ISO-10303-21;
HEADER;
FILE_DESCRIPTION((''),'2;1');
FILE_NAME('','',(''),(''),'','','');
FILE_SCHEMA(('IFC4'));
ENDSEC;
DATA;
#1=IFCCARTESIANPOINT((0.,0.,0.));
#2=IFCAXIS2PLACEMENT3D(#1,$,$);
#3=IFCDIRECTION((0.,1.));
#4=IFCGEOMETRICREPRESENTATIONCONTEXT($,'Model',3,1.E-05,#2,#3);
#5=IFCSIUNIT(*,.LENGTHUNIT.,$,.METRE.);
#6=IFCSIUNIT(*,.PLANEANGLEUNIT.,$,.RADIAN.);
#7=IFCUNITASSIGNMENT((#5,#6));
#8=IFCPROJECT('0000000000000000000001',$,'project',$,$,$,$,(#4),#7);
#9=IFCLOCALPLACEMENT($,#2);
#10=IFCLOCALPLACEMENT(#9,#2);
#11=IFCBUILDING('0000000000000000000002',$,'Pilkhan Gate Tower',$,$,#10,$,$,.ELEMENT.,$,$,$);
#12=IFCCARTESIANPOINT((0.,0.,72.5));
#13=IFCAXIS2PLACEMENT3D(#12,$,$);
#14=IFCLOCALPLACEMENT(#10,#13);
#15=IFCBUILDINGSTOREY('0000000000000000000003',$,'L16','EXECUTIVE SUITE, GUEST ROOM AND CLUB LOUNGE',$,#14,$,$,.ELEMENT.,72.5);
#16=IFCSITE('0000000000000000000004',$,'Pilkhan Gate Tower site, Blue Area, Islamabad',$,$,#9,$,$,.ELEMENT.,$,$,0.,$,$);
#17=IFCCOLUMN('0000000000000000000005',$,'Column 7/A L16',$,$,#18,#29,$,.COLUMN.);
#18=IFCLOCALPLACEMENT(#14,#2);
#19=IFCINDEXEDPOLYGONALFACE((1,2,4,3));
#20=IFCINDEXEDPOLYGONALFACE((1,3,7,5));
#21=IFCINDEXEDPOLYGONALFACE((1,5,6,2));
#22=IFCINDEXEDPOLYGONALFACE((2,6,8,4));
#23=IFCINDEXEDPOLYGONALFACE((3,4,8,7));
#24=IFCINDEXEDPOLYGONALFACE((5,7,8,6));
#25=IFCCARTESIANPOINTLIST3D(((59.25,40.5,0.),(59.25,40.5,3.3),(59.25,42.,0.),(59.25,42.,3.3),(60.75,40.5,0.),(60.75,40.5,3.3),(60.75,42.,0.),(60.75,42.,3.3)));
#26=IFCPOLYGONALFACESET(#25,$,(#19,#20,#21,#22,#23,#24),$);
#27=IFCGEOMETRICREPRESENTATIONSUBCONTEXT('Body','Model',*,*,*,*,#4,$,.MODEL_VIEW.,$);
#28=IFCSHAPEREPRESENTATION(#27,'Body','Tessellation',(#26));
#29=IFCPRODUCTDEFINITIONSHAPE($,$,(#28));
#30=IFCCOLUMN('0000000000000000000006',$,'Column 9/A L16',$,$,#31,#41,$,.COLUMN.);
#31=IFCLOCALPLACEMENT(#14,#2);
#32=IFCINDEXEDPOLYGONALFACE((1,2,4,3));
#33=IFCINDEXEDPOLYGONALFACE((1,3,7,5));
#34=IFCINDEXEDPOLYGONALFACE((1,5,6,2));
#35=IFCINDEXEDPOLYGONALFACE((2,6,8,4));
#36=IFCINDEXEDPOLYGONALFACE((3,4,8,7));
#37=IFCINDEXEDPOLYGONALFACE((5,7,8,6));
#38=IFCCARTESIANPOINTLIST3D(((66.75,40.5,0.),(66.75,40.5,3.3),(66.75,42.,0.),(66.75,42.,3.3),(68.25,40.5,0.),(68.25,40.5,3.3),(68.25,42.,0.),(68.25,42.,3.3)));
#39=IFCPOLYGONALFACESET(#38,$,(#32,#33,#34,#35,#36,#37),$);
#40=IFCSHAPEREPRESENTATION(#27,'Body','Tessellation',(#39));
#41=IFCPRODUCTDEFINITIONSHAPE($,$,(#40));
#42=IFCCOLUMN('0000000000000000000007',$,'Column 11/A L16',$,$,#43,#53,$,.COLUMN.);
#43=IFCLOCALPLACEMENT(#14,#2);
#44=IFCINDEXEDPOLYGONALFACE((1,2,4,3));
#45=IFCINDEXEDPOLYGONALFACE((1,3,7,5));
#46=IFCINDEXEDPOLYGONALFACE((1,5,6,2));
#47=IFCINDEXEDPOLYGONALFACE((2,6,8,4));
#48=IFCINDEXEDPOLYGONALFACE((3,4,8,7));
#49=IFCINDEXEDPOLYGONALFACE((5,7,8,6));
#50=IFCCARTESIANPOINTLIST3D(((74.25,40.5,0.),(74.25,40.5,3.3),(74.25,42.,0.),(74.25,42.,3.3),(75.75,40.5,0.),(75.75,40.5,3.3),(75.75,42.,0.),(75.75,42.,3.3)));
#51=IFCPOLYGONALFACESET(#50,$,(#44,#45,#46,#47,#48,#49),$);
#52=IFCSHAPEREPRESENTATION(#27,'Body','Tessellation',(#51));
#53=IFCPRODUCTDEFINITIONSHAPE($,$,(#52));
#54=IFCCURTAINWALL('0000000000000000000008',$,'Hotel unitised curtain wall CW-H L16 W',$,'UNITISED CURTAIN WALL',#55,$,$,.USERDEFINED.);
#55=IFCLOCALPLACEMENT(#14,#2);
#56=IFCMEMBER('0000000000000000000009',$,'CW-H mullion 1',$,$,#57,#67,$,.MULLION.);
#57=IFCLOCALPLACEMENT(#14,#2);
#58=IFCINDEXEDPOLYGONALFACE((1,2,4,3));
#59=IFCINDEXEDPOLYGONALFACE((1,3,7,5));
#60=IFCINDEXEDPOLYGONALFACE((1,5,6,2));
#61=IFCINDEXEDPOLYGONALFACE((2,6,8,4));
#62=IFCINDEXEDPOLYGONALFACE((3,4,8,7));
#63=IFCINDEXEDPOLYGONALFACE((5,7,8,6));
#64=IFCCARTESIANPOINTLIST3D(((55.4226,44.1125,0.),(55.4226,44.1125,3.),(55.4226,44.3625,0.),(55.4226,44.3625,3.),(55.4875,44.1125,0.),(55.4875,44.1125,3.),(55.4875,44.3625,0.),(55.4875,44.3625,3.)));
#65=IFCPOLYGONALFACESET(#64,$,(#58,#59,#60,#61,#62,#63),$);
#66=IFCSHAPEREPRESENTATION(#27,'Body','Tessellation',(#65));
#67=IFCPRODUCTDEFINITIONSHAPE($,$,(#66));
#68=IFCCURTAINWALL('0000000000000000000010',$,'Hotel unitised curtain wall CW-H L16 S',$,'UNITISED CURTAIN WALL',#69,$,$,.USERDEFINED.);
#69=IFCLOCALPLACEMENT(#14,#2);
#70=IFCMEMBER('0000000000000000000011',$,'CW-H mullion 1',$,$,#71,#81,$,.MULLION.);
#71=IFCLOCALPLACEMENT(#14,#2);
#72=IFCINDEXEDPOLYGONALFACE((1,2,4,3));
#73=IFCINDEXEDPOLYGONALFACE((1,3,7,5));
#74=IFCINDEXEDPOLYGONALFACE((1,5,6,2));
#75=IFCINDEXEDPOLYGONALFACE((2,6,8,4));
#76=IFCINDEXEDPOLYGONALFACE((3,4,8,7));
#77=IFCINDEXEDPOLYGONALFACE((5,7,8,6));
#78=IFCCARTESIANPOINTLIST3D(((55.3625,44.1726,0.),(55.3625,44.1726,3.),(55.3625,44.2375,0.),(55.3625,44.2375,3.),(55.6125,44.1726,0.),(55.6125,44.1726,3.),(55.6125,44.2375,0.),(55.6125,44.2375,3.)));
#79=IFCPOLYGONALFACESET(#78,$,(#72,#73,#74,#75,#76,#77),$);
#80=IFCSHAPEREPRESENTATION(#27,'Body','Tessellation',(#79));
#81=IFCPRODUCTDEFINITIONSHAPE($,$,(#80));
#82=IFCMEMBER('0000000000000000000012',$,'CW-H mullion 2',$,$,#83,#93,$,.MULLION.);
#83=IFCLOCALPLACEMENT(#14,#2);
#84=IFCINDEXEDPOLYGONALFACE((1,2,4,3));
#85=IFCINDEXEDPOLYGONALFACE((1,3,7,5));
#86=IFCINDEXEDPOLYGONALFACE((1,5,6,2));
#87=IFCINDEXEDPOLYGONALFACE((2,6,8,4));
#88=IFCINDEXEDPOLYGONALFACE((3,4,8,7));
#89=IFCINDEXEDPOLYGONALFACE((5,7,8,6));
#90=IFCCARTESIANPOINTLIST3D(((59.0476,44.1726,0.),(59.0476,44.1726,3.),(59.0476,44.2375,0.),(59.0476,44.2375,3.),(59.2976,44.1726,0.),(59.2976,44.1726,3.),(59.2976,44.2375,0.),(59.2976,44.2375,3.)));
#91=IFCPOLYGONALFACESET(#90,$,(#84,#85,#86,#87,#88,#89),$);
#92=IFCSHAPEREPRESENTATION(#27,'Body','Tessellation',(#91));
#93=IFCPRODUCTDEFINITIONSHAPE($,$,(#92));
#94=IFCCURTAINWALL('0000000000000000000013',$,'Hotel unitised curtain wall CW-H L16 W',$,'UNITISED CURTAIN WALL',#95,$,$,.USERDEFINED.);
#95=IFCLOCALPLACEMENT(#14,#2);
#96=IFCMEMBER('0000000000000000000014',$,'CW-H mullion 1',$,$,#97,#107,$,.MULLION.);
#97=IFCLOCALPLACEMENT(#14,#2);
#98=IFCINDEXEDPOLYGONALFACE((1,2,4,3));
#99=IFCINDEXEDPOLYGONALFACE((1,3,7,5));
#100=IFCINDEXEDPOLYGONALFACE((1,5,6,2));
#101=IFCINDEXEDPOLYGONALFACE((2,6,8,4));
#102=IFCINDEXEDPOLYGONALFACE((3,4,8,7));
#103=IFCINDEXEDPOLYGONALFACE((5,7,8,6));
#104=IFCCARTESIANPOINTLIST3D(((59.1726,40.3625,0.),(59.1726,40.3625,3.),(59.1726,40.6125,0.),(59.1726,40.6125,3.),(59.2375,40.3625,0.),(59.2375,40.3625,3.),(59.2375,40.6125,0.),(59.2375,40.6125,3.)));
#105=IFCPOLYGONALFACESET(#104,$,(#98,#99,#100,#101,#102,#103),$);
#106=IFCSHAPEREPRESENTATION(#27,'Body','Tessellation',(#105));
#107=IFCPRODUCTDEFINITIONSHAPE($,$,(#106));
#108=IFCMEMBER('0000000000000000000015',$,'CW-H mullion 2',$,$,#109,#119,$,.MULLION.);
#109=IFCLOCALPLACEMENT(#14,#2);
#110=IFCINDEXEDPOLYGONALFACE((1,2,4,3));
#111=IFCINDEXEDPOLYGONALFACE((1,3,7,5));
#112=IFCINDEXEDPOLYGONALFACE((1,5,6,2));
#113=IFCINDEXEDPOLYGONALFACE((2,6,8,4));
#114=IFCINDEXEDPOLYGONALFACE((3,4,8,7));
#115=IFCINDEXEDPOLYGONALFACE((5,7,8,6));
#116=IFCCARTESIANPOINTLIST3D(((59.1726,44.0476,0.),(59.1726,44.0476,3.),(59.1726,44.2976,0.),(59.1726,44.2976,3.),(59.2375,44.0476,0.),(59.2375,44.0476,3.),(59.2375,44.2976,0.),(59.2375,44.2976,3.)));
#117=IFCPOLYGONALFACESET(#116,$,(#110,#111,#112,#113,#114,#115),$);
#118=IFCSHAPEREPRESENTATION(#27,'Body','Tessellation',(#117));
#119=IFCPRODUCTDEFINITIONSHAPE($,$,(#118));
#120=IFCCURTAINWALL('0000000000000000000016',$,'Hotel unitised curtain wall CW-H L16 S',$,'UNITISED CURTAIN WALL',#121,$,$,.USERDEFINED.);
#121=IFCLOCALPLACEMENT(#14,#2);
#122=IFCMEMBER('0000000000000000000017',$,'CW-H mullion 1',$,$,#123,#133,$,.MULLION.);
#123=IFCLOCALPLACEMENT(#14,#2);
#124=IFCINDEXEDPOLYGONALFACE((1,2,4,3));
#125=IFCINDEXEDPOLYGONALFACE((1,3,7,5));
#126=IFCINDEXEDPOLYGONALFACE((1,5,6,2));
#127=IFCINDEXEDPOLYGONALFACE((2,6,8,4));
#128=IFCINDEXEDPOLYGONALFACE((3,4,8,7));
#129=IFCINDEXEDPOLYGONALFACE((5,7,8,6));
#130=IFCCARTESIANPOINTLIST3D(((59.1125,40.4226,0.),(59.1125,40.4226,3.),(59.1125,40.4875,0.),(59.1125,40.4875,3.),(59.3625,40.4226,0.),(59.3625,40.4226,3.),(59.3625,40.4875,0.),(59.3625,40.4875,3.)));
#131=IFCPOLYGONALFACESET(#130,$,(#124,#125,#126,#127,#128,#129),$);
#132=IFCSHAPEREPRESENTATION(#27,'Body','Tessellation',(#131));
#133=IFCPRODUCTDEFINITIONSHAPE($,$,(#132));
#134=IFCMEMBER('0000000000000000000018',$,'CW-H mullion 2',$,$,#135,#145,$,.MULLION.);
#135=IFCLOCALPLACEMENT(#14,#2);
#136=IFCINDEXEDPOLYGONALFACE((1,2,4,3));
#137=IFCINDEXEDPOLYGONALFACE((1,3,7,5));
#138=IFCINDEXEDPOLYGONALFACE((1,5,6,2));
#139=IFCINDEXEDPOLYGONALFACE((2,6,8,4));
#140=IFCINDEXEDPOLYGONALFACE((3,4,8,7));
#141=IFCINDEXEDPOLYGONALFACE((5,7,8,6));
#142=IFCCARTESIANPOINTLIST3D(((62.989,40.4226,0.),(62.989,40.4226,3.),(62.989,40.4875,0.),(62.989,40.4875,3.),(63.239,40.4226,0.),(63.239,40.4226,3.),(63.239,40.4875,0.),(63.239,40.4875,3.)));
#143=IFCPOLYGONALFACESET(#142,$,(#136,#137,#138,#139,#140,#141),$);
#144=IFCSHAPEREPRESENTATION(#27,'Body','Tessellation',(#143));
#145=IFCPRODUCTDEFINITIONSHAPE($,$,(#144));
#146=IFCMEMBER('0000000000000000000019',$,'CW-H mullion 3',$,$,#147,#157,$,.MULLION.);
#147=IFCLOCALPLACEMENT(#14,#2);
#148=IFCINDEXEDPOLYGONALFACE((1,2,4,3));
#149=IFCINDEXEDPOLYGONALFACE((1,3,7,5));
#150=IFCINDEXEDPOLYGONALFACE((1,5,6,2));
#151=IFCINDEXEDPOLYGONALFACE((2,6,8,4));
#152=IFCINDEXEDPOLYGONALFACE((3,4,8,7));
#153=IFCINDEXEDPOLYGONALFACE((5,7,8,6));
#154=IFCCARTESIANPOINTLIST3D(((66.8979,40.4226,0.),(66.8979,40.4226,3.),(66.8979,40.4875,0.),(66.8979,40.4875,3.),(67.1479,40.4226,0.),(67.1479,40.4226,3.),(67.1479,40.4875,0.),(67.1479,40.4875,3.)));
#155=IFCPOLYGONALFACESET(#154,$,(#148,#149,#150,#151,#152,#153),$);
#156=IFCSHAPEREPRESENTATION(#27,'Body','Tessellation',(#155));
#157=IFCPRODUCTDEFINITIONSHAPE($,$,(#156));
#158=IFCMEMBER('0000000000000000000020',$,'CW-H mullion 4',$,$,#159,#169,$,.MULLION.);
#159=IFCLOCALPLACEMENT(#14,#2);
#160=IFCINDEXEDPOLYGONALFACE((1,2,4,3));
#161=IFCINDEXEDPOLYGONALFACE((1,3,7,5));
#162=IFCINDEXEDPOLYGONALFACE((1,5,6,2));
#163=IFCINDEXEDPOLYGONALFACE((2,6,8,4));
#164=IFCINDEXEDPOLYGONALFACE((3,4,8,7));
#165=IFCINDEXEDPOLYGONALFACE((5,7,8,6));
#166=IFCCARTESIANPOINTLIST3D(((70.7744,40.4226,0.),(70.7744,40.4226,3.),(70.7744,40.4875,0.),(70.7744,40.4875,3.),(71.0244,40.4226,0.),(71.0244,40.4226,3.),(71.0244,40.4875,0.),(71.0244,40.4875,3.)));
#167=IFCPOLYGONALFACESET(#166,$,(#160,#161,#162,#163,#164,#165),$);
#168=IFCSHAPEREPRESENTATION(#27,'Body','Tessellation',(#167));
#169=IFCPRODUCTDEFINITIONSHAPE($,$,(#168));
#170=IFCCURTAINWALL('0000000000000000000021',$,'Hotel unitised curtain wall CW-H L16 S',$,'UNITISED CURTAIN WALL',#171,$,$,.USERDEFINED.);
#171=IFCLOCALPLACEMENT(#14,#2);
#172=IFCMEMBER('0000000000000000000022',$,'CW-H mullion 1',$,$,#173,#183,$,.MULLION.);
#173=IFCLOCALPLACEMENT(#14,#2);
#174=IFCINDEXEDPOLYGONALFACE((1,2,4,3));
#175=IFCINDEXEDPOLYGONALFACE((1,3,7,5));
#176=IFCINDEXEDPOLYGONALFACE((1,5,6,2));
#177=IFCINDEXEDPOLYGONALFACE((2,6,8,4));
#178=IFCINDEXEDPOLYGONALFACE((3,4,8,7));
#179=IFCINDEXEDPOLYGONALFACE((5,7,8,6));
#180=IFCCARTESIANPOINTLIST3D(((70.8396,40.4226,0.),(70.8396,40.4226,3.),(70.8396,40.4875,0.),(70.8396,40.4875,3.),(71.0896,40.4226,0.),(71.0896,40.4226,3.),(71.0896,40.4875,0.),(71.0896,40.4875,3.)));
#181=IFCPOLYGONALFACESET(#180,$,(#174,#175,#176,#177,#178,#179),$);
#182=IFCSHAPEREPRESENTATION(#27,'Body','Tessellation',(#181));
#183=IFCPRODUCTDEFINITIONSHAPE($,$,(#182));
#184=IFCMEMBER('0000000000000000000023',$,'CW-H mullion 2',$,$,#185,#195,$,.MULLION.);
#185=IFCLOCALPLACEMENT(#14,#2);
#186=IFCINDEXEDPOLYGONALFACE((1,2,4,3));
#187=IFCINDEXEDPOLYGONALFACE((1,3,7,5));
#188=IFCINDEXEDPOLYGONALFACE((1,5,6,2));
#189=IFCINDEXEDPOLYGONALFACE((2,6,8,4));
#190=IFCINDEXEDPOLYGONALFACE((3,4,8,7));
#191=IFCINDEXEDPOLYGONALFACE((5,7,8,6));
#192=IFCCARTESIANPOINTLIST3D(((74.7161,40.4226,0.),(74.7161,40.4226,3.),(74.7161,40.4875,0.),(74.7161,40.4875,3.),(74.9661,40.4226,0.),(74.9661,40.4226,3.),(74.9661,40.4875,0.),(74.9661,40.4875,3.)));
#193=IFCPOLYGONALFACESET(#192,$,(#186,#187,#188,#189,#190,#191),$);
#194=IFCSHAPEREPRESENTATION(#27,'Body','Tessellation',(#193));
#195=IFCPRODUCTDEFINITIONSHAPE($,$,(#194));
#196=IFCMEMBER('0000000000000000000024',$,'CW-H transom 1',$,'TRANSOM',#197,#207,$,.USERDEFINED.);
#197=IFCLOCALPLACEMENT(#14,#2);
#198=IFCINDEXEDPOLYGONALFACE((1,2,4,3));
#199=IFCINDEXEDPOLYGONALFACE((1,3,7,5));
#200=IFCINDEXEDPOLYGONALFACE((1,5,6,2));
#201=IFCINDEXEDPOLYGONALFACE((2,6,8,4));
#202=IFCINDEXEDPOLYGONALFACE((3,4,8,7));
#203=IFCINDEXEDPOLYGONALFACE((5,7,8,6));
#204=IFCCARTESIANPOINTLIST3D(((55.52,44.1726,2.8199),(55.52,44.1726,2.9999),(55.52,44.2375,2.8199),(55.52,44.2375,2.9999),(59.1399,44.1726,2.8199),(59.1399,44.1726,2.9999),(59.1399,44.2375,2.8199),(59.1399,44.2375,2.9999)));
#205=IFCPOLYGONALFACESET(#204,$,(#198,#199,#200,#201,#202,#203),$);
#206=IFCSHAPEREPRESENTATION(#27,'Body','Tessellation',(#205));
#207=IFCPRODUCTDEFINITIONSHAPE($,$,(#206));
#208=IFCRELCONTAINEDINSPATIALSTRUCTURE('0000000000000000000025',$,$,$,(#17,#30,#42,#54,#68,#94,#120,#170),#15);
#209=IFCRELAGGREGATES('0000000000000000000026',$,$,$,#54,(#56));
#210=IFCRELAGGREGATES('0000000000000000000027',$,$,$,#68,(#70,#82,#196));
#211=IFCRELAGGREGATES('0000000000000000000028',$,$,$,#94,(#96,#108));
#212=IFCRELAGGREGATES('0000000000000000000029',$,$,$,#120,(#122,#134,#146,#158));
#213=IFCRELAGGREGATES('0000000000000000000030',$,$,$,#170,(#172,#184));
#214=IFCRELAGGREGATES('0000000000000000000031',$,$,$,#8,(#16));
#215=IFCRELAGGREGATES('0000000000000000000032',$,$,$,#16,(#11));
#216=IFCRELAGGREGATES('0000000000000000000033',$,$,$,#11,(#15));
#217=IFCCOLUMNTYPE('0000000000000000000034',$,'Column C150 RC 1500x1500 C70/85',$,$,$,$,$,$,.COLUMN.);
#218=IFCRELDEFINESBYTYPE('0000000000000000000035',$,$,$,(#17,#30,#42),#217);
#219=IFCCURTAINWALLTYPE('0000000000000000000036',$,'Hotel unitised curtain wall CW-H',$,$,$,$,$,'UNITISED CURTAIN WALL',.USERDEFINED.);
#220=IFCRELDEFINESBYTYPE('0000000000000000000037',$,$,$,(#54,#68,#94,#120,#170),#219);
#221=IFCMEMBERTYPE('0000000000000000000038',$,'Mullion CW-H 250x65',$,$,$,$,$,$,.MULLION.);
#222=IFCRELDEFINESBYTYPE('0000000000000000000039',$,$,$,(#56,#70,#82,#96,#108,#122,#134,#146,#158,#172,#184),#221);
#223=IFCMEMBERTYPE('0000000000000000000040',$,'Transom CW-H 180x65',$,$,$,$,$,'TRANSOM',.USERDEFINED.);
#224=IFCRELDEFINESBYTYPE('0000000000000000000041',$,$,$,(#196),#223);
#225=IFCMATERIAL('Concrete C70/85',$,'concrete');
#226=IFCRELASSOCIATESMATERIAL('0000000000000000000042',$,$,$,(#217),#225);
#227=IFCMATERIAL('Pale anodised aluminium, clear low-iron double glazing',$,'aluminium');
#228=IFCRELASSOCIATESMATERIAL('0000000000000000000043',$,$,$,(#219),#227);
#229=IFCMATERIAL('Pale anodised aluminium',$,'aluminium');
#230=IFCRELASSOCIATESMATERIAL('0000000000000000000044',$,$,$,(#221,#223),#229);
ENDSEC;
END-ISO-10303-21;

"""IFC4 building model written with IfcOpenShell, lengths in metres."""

from ifc_helpers import new_model, si_unit, direction, frame, origin, origin_2d, place, context, subcontext, project, spatial, rectangle, extrude, material, material_profile, profile_set, type_object, element, aggregate, save


model = new_model("IFC4")

# Units and contexts
model_context = context("Model", 3, precision=1e-05, world=origin(), true_north=direction((0.0, 1.0)))
body_context = subcontext(model_context, "Body", "Model", "MODEL_VIEW")
ifc_project = project(units=[si_unit("LENGTHUNIT", "METRE"), si_unit("PLANEANGLEUNIT", "RADIAN")], contexts=[model_context])

# Site, building, storey
site_placement = place(None, origin())
site = spatial("IfcSite", under=ifc_project, at=site_placement, Name="Pilkhan Gate Tower site, Blue Area, Islamabad", CompositionType="ELEMENT", RefElevation=0.0)
building_placement = place(site_placement, origin())
building = spatial("IfcBuilding", under=site, at=building_placement, Name="Pilkhan Gate Tower", CompositionType="ELEMENT")
storey_placement = place(building_placement, frame((0.0, 0.0, 72.5)))
storey = spatial("IfcBuildingStorey", under=building, at=storey_placement, Name="L16", Description="EXECUTIVE SUITE, GUEST ROOM AND CLUB LOUNGE", CompositionType="ELEMENT", Elevation=72.5)

# Columns
ifc_material_1 = material(Name="Concrete C70/85", Category="concrete")
ifc_material_profile_1 = material_profile(ifc_material_1, rectangle(XDim=1.5, YDim=1.5, at=origin_2d()), Name="RC 1500x1500")
ifc_profile_set_1 = profile_set([ifc_material_profile_1], Name="Concrete C70/85")
column_type = type_object("IfcColumnType", Name="Column C150 RC 1500x1500 C70/85", PredefinedType="COLUMN", material=ifc_profile_set_1)
for number, where, z_axis, x_axis, name in (
    (1, (60.0, 41.25, 0.0), (0.0, 0.0, 1.0), (1.0, 0.0, 0.0), "Column 7/A L16"),
    (2, (67.5, 41.25, 0.0), (0.0, 0.0, 1.0), (1.0, 0.0, 0.0), "Column 9/A L16"),
    (3, (75.0, 41.25, 0.0), (0.0, 0.0, 1.0), (1.0, 0.0, 0.0), "Column 11/A L16"),
):
    element("IfcColumn", number, at=place(storey_placement, frame(where, z_axis=z_axis, x_axis=x_axis)), inside=storey, type_object=column_type, Name=name, PredefinedType="COLUMN", context=body_context, shape_type="SweptSolid", body=[
        extrude(rectangle(XDim=1.5, YDim=1.5, at=origin_2d()), origin(), (0.0, 0.0, 1.0), 3.3),
    ])

# Curtain wall, member
ifc_material_2 = material(Name="Pale anodised aluminium, clear low-iron double glazing", Category="aluminium")
curtain_wall_type = type_object("IfcCurtainWallType", Name="Hotel unitised curtain wall CW-H", ElementType="UNITISED CURTAIN WALL", PredefinedType="USERDEFINED", material=ifc_material_2)
curtain_wall_1_placement = place(storey_placement, origin())
curtain_wall_1 = element("IfcCurtainWall", 4, at=curtain_wall_1_placement, inside=storey, type_object=curtain_wall_type, Name="Hotel unitised curtain wall CW-H L16 W", ObjectType="UNITISED CURTAIN WALL", PredefinedType="USERDEFINED")
ifc_material_3 = material(Name="Pale anodised aluminium", Category="aluminium")
ifc_material_profile_2 = material_profile(ifc_material_3, rectangle(XDim=0.0649, YDim=0.25, at=origin_2d()), Name="Mullion 250x65")
ifc_profile_set_2 = profile_set([ifc_material_profile_2], Name="Pale anodised aluminium")
member_type_1 = type_object("IfcMemberType", Name="Mullion CW-H 250x65", PredefinedType="MULLION", material=ifc_profile_set_2)
member_1_placement = place(storey_placement, frame((55.4551, 44.2375, 0.0), z_axis=(0.0, 0.0, 1.0), x_axis=(-1.0, 0.0, 0.0)))
member_1 = element("IfcMember", 5, at=member_1_placement, type_object=member_type_1, Name="CW-H mullion 1", PredefinedType="MULLION", context=body_context, shape_type="SweptSolid", body=[
    extrude(rectangle(XDim=0.0649, YDim=0.25, at=origin_2d()), origin(), (0.0, 0.0, 1.0), 3.0),
])
aggregate(curtain_wall_1, [member_1])

# Curtain walls, members
curtain_wall_2_placement = place(storey_placement, origin())
curtain_wall_2 = element("IfcCurtainWall", 6, at=curtain_wall_2_placement, inside=storey, type_object=curtain_wall_type, Name="Hotel unitised curtain wall CW-H L16 S", ObjectType="UNITISED CURTAIN WALL", PredefinedType="USERDEFINED")
member_2_placement = place(storey_placement, frame((55.4875, 44.2051, 0.0), z_axis=(0.0, 0.0, 1.0), x_axis=(0.0, 1.0, 0.0)))
member_2 = element("IfcMember", 7, at=member_2_placement, type_object=member_type_1, Name="CW-H mullion 1", PredefinedType="MULLION", context=body_context, shape_type="SweptSolid", body=[
    extrude(rectangle(XDim=0.0649, YDim=0.25, at=origin_2d()), origin(), (0.0, 0.0, 1.0), 3.0),
])
member_3_placement = place(storey_placement, frame((59.1726, 44.2051, 0.0), z_axis=(0.0, 0.0, 1.0), x_axis=(0.0, 1.0, 0.0)))
member_3 = element("IfcMember", 8, at=member_3_placement, type_object=member_type_1, Name="CW-H mullion 2", PredefinedType="MULLION", context=body_context, shape_type="SweptSolid", body=[
    extrude(rectangle(XDim=0.0649, YDim=0.25, at=origin_2d()), origin(), (0.0, 0.0, 1.0), 3.0),
])
curtain_wall_3_placement = place(storey_placement, origin())
curtain_wall_3 = element("IfcCurtainWall", 9, at=curtain_wall_3_placement, inside=storey, type_object=curtain_wall_type, Name="Hotel unitised curtain wall CW-H L16 W", ObjectType="UNITISED CURTAIN WALL", PredefinedType="USERDEFINED")
member_4_placement = place(storey_placement, frame((59.2051, 40.4875, 0.0), z_axis=(0.0, 0.0, 1.0), x_axis=(-1.0, 0.0, 0.0)))
member_4 = element("IfcMember", 10, at=member_4_placement, type_object=member_type_1, Name="CW-H mullion 1", PredefinedType="MULLION", context=body_context, shape_type="SweptSolid", body=[
    extrude(rectangle(XDim=0.0649, YDim=0.25, at=origin_2d()), origin(), (0.0, 0.0, 1.0), 3.0),
])
member_5_placement = place(storey_placement, frame((59.2051, 44.1726, 0.0), z_axis=(0.0, 0.0, 1.0), x_axis=(-1.0, 0.0, 0.0)))
member_5 = element("IfcMember", 11, at=member_5_placement, type_object=member_type_1, Name="CW-H mullion 2", PredefinedType="MULLION", context=body_context, shape_type="SweptSolid", body=[
    extrude(rectangle(XDim=0.0649, YDim=0.25, at=origin_2d()), origin(), (0.0, 0.0, 1.0), 3.0),
])
curtain_wall_4_placement = place(storey_placement, origin())
curtain_wall_4 = element("IfcCurtainWall", 12, at=curtain_wall_4_placement, inside=storey, type_object=curtain_wall_type, Name="Hotel unitised curtain wall CW-H L16 S", ObjectType="UNITISED CURTAIN WALL", PredefinedType="USERDEFINED")
member_6_placement = place(storey_placement, frame((59.2375, 40.4551, 0.0), z_axis=(0.0, 0.0, 1.0), x_axis=(0.0, 1.0, 0.0)))
member_6 = element("IfcMember", 13, at=member_6_placement, type_object=member_type_1, Name="CW-H mullion 1", PredefinedType="MULLION", context=body_context, shape_type="SweptSolid", body=[
    extrude(rectangle(XDim=0.0649, YDim=0.25, at=origin_2d()), origin(), (0.0, 0.0, 1.0), 3.0),
])
member_7_placement = place(storey_placement, frame((63.114, 40.4551, 0.0), z_axis=(0.0, 0.0, 1.0), x_axis=(0.0, 1.0, 0.0)))
member_7 = element("IfcMember", 14, at=member_7_placement, type_object=member_type_1, Name="CW-H mullion 2", PredefinedType="MULLION", context=body_context, shape_type="SweptSolid", body=[
    extrude(rectangle(XDim=0.0649, YDim=0.25, at=origin_2d()), origin(), (0.0, 0.0, 1.0), 3.0),
])
member_8_placement = place(storey_placement, frame((67.0229, 40.4551, 0.0), z_axis=(0.0, 0.0, 1.0), x_axis=(0.0, 1.0, 0.0)))
member_8 = element("IfcMember", 15, at=member_8_placement, type_object=member_type_1, Name="CW-H mullion 3", PredefinedType="MULLION", context=body_context, shape_type="SweptSolid", body=[
    extrude(rectangle(XDim=0.0649, YDim=0.25, at=origin_2d()), origin(), (0.0, 0.0, 1.0), 3.0),
])
member_9_placement = place(storey_placement, frame((70.8994, 40.4551, 0.0), z_axis=(0.0, 0.0, 1.0), x_axis=(0.0, 1.0, 0.0)))
member_9 = element("IfcMember", 16, at=member_9_placement, type_object=member_type_1, Name="CW-H mullion 4", PredefinedType="MULLION", context=body_context, shape_type="SweptSolid", body=[
    extrude(rectangle(XDim=0.0649, YDim=0.25, at=origin_2d()), origin(), (0.0, 0.0, 1.0), 3.0),
])
curtain_wall_5_placement = place(storey_placement, origin())
curtain_wall_5 = element("IfcCurtainWall", 17, at=curtain_wall_5_placement, inside=storey, type_object=curtain_wall_type, Name="Hotel unitised curtain wall CW-H L16 S", ObjectType="UNITISED CURTAIN WALL", PredefinedType="USERDEFINED")
member_10_placement = place(storey_placement, frame((70.9646, 40.4551, 0.0), z_axis=(0.0, 0.0, 1.0), x_axis=(0.0, 1.0, 0.0)))
member_10 = element("IfcMember", 18, at=member_10_placement, type_object=member_type_1, Name="CW-H mullion 1", PredefinedType="MULLION", context=body_context, shape_type="SweptSolid", body=[
    extrude(rectangle(XDim=0.0649, YDim=0.25, at=origin_2d()), origin(), (0.0, 0.0, 1.0), 3.0),
])
member_11_placement = place(storey_placement, frame((74.8411, 40.4551, 0.0), z_axis=(0.0, 0.0, 1.0), x_axis=(0.0, 1.0, 0.0)))
member_11 = element("IfcMember", 19, at=member_11_placement, type_object=member_type_1, Name="CW-H mullion 2", PredefinedType="MULLION", context=body_context, shape_type="SweptSolid", body=[
    extrude(rectangle(XDim=0.0649, YDim=0.25, at=origin_2d()), origin(), (0.0, 0.0, 1.0), 3.0),
])

# Member
ifc_material_profile_3 = material_profile(ifc_material_3, rectangle(XDim=0.0649, YDim=0.1799, at=origin_2d()), Name="Transom 180x65")
ifc_profile_set_3 = profile_set([ifc_material_profile_3], Name="Pale anodised aluminium")
member_type_2 = type_object("IfcMemberType", Name="Transom CW-H 180x65", ElementType="TRANSOM", PredefinedType="USERDEFINED", material=ifc_profile_set_3)
member_12_placement = place(storey_placement, frame((55.52, 44.2051, 2.9099), z_axis=(1.0, 0.0, 0.0), x_axis=(0.0, 1.0, 0.0)))
member_12 = element("IfcMember", 20, at=member_12_placement, type_object=member_type_2, Name="CW-H transom 1", ObjectType="TRANSOM", PredefinedType="USERDEFINED", context=body_context, shape_type="SweptSolid", body=[
    extrude(rectangle(XDim=0.0649, YDim=0.1799, at=origin_2d()), origin(), (0.0, 0.0, 1.0), 3.6199),
])

aggregate(curtain_wall_2, [member_2, member_3, member_12])
aggregate(curtain_wall_3, [member_4, member_5])
aggregate(curtain_wall_4, [member_6, member_7, member_8, member_9])
aggregate(curtain_wall_5, [member_10, member_11])

save(model, "model.ifc")
